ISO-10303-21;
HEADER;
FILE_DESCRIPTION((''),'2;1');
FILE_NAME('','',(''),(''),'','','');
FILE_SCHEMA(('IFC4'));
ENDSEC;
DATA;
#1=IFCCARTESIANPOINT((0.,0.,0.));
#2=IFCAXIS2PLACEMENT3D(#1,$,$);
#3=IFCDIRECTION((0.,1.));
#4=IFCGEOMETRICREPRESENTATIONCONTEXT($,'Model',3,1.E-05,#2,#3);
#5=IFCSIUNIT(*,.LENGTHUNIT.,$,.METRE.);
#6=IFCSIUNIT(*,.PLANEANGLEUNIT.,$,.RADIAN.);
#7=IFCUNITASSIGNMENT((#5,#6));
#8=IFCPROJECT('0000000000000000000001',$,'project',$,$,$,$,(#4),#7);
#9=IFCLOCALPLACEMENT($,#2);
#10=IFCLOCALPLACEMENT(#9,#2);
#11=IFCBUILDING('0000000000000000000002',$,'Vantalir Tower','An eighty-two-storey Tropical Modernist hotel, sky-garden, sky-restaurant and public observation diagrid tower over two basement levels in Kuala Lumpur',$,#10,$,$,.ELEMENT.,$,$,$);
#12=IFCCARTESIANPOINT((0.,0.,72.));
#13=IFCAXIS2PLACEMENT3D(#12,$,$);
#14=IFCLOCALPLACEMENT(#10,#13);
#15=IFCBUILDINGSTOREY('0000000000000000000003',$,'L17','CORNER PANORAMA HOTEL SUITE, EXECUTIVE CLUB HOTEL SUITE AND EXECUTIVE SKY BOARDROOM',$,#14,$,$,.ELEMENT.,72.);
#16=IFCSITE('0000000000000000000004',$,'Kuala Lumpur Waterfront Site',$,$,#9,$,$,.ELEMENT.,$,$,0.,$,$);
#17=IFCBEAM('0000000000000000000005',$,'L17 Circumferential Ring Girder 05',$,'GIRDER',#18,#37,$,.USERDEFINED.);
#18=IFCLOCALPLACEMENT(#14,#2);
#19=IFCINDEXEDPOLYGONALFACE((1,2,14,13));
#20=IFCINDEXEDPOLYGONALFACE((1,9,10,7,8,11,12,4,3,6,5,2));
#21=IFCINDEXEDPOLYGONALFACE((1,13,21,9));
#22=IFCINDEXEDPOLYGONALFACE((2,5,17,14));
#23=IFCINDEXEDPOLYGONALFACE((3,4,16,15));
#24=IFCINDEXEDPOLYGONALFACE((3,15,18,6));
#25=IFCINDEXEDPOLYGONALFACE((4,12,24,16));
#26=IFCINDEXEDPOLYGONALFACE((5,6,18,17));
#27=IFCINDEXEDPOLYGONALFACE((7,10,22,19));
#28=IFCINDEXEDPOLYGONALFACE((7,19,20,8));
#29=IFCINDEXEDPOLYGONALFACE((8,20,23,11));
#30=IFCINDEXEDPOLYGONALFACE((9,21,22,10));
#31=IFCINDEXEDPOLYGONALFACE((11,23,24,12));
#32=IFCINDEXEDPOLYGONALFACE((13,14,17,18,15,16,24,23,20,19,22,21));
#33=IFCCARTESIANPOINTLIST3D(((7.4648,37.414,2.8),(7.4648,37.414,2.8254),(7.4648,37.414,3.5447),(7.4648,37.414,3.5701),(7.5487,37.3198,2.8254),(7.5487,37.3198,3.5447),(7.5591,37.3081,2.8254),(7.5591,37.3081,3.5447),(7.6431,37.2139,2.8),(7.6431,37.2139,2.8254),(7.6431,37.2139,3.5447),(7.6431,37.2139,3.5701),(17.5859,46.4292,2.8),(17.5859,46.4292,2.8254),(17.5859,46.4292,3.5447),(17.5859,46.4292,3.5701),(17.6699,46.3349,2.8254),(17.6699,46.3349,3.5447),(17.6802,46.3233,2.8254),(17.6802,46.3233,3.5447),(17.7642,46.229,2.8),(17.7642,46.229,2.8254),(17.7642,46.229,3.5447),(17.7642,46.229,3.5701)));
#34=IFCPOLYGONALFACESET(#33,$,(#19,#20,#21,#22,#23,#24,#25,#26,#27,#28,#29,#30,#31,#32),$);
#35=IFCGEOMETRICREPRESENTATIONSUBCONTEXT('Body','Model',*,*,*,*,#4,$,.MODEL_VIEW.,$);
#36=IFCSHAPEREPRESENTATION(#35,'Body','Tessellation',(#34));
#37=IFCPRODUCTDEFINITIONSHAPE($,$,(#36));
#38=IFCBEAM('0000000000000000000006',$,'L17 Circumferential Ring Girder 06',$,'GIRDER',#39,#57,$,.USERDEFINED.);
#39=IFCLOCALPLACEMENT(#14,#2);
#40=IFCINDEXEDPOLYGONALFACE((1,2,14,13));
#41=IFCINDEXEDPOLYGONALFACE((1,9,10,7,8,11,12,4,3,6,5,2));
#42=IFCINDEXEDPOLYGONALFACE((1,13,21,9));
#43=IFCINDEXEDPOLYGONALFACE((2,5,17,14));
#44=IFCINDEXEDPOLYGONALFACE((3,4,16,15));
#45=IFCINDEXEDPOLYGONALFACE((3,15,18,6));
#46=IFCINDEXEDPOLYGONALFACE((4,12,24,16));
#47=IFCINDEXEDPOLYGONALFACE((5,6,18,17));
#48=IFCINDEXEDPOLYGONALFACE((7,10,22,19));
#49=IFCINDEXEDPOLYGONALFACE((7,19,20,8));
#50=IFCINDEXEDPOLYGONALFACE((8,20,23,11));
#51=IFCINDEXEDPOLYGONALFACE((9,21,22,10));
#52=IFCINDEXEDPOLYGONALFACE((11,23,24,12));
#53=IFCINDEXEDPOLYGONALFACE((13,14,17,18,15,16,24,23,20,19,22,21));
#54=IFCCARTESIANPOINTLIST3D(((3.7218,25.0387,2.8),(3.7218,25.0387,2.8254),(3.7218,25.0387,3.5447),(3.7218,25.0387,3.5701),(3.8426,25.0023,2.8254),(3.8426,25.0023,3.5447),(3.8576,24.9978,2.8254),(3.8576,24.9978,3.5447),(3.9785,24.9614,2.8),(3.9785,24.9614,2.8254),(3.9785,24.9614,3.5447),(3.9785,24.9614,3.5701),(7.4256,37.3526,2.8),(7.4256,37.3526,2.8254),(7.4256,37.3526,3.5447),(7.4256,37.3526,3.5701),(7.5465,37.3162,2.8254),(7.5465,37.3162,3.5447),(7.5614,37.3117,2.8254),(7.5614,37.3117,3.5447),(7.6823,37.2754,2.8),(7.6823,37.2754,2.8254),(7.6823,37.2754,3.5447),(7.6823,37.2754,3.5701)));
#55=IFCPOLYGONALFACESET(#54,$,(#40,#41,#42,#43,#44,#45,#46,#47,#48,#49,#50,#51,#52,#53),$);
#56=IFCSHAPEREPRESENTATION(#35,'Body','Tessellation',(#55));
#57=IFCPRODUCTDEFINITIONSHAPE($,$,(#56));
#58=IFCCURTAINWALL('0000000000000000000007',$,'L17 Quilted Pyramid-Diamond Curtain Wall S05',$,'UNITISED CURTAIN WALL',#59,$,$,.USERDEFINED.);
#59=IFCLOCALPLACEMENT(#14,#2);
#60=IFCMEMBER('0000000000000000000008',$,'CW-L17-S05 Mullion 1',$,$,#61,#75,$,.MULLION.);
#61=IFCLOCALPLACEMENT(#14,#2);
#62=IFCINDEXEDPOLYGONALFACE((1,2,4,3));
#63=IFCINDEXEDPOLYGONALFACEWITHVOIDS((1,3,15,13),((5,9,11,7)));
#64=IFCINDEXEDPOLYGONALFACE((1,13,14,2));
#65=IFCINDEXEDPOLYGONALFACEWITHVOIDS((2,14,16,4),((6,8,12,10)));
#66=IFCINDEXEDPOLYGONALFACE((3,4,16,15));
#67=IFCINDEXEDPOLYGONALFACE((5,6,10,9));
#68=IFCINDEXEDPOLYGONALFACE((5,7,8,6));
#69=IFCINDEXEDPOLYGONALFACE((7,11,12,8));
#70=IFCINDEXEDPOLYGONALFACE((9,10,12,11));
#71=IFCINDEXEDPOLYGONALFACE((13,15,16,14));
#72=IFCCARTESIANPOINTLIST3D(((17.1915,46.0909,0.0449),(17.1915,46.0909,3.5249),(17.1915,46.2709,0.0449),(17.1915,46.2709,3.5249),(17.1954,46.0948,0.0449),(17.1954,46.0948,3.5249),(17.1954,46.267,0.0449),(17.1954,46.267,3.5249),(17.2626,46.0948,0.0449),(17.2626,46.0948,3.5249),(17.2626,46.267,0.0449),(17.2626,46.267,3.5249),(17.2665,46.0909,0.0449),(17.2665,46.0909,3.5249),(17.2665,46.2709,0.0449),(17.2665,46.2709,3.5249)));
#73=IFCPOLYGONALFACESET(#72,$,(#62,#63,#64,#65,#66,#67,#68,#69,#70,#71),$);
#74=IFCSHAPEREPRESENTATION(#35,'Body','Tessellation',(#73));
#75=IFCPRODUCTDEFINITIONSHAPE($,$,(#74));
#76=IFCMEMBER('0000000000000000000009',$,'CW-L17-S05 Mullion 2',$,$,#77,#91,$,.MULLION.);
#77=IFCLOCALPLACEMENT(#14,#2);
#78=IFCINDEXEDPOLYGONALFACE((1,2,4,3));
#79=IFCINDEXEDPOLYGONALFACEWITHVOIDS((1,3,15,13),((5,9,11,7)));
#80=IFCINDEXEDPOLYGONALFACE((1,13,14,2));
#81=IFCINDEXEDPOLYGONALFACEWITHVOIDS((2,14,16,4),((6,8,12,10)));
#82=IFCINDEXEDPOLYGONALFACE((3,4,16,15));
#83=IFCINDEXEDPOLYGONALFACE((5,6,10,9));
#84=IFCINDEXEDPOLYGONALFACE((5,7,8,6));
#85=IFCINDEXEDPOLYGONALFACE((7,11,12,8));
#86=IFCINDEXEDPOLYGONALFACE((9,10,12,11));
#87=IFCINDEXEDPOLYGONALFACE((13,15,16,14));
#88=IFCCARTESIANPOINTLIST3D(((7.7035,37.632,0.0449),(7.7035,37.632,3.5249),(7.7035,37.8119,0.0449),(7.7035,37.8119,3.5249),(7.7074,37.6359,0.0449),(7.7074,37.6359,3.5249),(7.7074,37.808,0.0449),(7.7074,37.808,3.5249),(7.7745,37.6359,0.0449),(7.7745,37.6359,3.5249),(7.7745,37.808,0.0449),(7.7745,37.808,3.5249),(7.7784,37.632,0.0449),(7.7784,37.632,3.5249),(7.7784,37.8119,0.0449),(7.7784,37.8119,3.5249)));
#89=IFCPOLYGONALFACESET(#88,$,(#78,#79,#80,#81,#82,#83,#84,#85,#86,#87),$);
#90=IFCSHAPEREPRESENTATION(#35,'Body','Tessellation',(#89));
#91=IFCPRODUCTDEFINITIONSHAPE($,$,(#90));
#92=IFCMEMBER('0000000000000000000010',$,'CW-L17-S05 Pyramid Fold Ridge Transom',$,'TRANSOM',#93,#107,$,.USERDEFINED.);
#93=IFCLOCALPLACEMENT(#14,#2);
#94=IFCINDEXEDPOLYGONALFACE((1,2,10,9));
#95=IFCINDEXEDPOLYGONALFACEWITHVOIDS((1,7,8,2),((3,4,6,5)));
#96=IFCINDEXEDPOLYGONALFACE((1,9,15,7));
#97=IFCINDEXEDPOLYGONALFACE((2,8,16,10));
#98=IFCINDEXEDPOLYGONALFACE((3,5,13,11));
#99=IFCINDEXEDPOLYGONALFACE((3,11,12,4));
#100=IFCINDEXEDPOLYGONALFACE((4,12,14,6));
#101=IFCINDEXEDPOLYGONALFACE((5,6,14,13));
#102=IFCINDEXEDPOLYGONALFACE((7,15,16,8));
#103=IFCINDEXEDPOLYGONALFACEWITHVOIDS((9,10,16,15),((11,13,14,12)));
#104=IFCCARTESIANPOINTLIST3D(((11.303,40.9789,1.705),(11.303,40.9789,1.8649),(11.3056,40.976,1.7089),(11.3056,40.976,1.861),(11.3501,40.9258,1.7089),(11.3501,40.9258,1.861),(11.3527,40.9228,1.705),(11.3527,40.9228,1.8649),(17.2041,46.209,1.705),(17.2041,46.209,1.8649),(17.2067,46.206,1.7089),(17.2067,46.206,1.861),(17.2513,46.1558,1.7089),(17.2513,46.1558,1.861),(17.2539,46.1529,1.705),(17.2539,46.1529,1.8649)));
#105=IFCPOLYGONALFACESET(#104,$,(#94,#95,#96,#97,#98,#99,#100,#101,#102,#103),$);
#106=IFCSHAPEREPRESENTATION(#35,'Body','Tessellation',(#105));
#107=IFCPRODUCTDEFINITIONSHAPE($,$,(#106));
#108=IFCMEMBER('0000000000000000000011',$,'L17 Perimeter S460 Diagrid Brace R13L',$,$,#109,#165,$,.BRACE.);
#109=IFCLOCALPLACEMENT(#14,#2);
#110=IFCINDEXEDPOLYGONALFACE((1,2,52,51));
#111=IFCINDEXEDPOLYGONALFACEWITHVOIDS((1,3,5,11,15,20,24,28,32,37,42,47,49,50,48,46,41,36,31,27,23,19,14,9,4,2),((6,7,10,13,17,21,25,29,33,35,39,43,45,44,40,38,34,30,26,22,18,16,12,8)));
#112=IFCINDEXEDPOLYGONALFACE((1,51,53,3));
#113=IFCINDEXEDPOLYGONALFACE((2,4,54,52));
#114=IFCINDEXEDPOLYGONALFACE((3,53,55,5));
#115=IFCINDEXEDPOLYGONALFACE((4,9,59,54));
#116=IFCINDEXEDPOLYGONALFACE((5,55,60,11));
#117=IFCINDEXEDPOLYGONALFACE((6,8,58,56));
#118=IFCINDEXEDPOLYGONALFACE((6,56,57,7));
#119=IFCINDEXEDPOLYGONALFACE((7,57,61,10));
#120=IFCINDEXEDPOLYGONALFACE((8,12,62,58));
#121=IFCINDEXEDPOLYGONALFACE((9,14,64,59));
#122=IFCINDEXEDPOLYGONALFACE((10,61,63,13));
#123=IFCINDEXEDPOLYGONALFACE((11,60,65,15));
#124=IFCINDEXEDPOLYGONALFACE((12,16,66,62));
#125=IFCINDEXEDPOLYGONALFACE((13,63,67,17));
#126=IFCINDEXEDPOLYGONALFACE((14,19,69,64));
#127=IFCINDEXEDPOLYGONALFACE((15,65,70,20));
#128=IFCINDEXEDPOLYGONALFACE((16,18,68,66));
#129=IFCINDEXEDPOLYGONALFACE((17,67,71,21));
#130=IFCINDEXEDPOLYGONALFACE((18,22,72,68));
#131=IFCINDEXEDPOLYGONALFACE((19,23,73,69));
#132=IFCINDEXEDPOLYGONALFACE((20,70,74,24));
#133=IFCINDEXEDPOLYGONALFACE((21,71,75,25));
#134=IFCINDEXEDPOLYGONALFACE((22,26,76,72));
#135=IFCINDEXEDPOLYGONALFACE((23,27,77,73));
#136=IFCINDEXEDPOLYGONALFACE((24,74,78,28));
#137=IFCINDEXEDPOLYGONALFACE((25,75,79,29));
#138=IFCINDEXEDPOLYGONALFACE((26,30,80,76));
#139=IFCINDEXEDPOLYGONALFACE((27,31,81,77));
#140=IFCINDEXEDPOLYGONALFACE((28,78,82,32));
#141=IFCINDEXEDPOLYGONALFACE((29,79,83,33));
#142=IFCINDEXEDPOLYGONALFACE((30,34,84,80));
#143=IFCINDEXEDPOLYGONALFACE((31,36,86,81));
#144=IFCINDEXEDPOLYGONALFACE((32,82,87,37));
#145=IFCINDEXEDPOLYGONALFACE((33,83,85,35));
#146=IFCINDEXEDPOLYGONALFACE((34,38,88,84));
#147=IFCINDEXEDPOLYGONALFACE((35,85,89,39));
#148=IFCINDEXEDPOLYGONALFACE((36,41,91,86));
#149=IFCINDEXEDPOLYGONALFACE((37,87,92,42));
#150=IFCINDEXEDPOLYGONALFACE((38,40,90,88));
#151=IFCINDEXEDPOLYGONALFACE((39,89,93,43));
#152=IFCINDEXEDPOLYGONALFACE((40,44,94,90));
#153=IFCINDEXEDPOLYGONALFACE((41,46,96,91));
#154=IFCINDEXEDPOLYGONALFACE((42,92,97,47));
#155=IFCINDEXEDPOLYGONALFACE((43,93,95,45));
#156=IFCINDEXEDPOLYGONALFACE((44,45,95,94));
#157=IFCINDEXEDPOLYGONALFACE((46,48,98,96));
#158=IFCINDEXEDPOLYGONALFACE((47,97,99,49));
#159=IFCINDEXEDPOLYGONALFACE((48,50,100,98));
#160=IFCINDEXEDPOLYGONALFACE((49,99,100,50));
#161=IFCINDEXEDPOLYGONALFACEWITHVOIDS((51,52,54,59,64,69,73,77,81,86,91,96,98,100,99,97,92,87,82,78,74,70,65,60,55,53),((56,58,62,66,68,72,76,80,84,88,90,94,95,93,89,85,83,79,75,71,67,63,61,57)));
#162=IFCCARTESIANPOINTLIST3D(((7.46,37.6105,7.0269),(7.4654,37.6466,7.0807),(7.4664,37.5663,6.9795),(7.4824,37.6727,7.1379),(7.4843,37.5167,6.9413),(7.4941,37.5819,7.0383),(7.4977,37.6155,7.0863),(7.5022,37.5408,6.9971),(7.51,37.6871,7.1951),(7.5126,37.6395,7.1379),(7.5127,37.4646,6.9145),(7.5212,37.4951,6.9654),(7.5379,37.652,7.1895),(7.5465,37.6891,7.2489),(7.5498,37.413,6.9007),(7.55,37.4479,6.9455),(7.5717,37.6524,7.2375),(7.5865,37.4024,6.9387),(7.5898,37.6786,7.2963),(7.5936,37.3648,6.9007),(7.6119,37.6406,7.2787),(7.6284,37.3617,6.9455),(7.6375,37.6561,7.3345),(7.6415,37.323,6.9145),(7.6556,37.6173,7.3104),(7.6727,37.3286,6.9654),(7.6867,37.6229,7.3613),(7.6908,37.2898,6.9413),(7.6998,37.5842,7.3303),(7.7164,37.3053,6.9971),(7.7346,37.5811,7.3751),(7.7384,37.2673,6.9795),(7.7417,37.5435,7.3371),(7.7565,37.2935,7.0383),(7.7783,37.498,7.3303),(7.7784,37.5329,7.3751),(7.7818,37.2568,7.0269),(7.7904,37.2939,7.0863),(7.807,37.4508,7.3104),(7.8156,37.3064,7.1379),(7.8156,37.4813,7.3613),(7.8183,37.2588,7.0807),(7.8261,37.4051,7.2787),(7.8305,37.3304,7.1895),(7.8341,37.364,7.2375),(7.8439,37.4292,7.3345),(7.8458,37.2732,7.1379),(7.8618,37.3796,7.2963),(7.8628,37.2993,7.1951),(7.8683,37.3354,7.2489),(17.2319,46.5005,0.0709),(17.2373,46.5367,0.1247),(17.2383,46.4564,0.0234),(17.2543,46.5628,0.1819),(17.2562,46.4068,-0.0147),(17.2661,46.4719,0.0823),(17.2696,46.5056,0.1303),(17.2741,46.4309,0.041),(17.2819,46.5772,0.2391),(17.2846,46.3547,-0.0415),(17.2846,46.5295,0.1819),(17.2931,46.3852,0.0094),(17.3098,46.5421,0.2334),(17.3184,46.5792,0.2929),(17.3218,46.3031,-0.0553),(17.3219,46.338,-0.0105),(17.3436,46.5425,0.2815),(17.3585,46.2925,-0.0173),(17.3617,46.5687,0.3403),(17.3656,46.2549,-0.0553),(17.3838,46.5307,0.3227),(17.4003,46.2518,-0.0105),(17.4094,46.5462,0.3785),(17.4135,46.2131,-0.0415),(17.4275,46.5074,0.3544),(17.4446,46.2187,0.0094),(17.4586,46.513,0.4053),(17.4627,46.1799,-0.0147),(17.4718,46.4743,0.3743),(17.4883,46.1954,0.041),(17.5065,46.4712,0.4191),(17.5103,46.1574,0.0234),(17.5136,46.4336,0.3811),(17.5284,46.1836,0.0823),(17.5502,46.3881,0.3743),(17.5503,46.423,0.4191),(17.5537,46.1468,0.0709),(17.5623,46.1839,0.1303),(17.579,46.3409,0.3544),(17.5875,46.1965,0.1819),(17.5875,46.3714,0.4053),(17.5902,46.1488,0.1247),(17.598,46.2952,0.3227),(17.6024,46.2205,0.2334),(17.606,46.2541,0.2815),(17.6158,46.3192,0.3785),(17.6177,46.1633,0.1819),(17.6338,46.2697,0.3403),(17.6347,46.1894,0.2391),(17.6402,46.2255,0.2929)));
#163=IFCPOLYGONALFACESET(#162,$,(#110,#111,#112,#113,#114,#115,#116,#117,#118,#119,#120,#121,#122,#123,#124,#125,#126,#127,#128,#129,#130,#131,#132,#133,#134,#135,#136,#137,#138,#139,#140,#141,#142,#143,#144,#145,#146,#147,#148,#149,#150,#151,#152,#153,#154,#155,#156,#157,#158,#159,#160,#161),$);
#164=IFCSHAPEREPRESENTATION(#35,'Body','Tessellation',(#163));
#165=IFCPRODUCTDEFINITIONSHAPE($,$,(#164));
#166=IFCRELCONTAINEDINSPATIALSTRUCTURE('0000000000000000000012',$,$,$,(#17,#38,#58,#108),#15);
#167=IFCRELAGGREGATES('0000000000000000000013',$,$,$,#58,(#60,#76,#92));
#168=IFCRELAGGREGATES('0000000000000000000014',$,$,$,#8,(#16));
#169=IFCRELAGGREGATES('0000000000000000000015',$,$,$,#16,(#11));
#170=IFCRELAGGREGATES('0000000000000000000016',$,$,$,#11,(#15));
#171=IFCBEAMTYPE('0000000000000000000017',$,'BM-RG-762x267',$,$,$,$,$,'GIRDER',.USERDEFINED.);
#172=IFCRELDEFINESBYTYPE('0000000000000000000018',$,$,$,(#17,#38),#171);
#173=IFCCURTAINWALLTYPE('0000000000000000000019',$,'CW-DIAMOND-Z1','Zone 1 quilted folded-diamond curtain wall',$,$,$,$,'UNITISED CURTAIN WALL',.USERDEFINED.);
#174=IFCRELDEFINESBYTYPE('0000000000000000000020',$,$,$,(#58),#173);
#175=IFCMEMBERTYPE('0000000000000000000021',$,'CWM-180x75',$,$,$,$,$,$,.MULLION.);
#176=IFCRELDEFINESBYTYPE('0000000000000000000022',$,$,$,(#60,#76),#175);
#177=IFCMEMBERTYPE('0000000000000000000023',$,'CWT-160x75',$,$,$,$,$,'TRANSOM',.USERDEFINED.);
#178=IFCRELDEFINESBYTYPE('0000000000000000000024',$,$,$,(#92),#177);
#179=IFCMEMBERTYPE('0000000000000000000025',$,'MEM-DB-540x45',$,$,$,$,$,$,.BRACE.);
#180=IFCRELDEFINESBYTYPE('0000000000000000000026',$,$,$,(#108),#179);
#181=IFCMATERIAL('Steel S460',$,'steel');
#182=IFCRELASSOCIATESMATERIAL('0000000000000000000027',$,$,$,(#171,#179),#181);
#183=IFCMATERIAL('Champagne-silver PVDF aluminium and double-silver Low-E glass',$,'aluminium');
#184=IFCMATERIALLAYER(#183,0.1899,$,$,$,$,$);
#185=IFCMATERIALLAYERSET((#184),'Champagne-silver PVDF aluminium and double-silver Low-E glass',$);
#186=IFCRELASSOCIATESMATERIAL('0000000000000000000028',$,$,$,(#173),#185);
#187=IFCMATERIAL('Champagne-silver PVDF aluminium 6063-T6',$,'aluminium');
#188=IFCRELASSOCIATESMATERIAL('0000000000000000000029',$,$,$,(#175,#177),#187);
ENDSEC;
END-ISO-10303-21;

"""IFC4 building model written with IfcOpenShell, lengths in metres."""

from ifc_helpers import new_model, si_unit, direction, frame, origin, origin_2d, place, context, subcontext, project, spatial, hollow_rectangle, hollow_circle, i_section, extrude, material, layer, layer_set, material_profile, profile_set, type_object, element, aggregate, save


model = new_model("IFC4")

# Units and contexts
model_context = context("Model", 3, precision=1e-05, world=origin(), true_north=direction((0.0, 1.0)))
body_context = subcontext(model_context, "Body", "Model", "MODEL_VIEW")
ifc_project = project(units=[si_unit("LENGTHUNIT", "METRE"), si_unit("PLANEANGLEUNIT", "RADIAN")], contexts=[model_context])

# Site, building, storey
site_placement = place(None, origin())
site = spatial("IfcSite", under=ifc_project, at=site_placement, Name="Kuala Lumpur Waterfront Site", CompositionType="ELEMENT", RefElevation=0.0)
building_placement = place(site_placement, origin())
building = spatial("IfcBuilding", under=site, at=building_placement, Name="Vantalir Tower", Description="An eighty-two-storey Tropical Modernist hotel, sky-garden, sky-restaurant and public observation diagrid tower over two basement levels in Kuala Lumpur", CompositionType="ELEMENT")
storey_placement = place(building_placement, frame((0.0, 0.0, 72.0)))
storey = spatial("IfcBuildingStorey", under=building, at=storey_placement, Name="L17", Description="CORNER PANORAMA HOTEL SUITE, EXECUTIVE CLUB HOTEL SUITE AND EXECUTIVE SKY BOARDROOM", CompositionType="ELEMENT", Elevation=72.0)

# Shared definitions
ifc_material_1 = material(Name="Steel S460", Category="steel")

# Beams
ifc_material_profile_1 = material_profile(ifc_material_1, i_section(OverallWidth=0.2681, OverallDepth=0.77, WebThickness=0.0156, FlangeThickness=0.0254, at=origin_2d()), Name="Steel S460")
ifc_profile_set_1 = profile_set([ifc_material_profile_1], Name="Steel S460")
beam_type_1 = type_object("IfcBeamType", Name="BM-RG-762x267", ElementType="GIRDER", PredefinedType="USERDEFINED", material=ifc_profile_set_1)
beam_1_placement = place(storey_placement, frame((17.675, 46.3291, 3.1851), z_axis=(-0.746727, -0.66513, 0.0), x_axis=(0.66513, -0.746727, 0.0)))
element("IfcBeam", 1, at=beam_1_placement, inside=storey, type_object=beam_type_1, Name="L17 Circumferential Ring Girder 05", ObjectType="GIRDER", PredefinedType="USERDEFINED", context=body_context, shape_type="SweptSolid", body=[
    extrude(i_section(OverallWidth=0.2681, OverallDepth=0.77, WebThickness=0.0156, FlangeThickness=0.0254, at=origin_2d()), origin(), (0.0, 0.0, 1.0), 13.554),
])
beam_2_placement = place(storey_placement, frame((7.554, 37.314, 3.1851), z_axis=(-0.288038, -0.957619, 0.0), x_axis=(0.957619, -0.288038, 0.0)))
element("IfcBeam", 2, at=beam_2_placement, inside=storey, type_object=beam_type_1, Name="L17 Circumferential Ring Girder 06", ObjectType="GIRDER", PredefinedType="USERDEFINED", context=body_context, shape_type="SweptSolid", body=[
    extrude(i_section(OverallWidth=0.2681, OverallDepth=0.77, WebThickness=0.0156, FlangeThickness=0.0254, at=origin_2d()), origin(), (0.0, 0.0, 1.0), 12.8589),
])

# Curtain wall, members
ifc_material_2 = material(Name="Champagne-silver PVDF aluminium and double-silver Low-E glass", Category="aluminium")
ifc_layer_1 = layer(ifc_material_2, 0.1899)
ifc_layer_set_1 = layer_set([ifc_layer_1], Name="Champagne-silver PVDF aluminium and double-silver Low-E glass")
curtain_wall_type = type_object("IfcCurtainWallType", Name="CW-DIAMOND-Z1", Description="Zone 1 quilted folded-diamond curtain wall", ElementType="UNITISED CURTAIN WALL", PredefinedType="USERDEFINED", material=ifc_layer_set_1)
curtain_wall_placement = place(storey_placement, origin())
curtain_wall = element("IfcCurtainWall", 3, at=curtain_wall_placement, inside=storey, type_object=curtain_wall_type, Name="L17 Quilted Pyramid-Diamond Curtain Wall S05", ObjectType="UNITISED CURTAIN WALL", PredefinedType="USERDEFINED")
ifc_material_3 = material(Name="Champagne-silver PVDF aluminium 6063-T6", Category="aluminium")
ifc_material_profile_2 = material_profile(ifc_material_3, hollow_rectangle(XDim=0.075, YDim=0.1799, WallThickness=0.0039, at=origin_2d()), Name="Champagne-silver PVDF aluminium 6063-T6")
ifc_profile_set_2 = profile_set([ifc_material_profile_2], Name="Champagne-silver PVDF aluminium 6063-T6")
member_type_1 = type_object("IfcMemberType", Name="CWM-180x75", PredefinedType="MULLION", material=ifc_profile_set_2)
member_1_placement = place(storey_placement, frame((17.229, 46.1809, 0.0449), z_axis=(0.0, 0.0, 1.0), x_axis=(1.0, 0.0, 0.0)))
member_1 = element("IfcMember", 4, at=member_1_placement, type_object=member_type_1, Name="CW-L17-S05 Mullion 1", PredefinedType="MULLION", context=body_context, shape_type="SweptSolid", body=[
    extrude(hollow_rectangle(XDim=0.075, YDim=0.1799, WallThickness=0.0039, at=origin_2d()), origin(), (0.0, 0.0, 1.0), 3.48),
])
member_2_placement = place(storey_placement, frame((7.741, 37.7219, 0.0449), z_axis=(0.0, 0.0, 1.0), x_axis=(1.0, 0.0, 0.0)))
member_2 = element("IfcMember", 5, at=member_2_placement, type_object=member_type_1, Name="CW-L17-S05 Mullion 2", PredefinedType="MULLION", context=body_context, shape_type="SweptSolid", body=[
    extrude(hollow_rectangle(XDim=0.075, YDim=0.1799, WallThickness=0.0039, at=origin_2d()), origin(), (0.0, 0.0, 1.0), 3.48),
])
ifc_material_profile_3 = material_profile(ifc_material_3, hollow_rectangle(XDim=0.075, YDim=0.1599, WallThickness=0.0039, at=origin_2d()), Name="Champagne-silver PVDF aluminium 6063-T6")
ifc_profile_set_3 = profile_set([ifc_material_profile_3], Name="Champagne-silver PVDF aluminium 6063-T6")
member_type_2 = type_object("IfcMemberType", Name="CWT-160x75", ElementType="TRANSOM", PredefinedType="USERDEFINED", material=ifc_profile_set_3)
member_3_placement = place(storey_placement, frame((17.229, 46.1809, 1.7849), z_axis=(-0.748382, -0.663268, 0.0), x_axis=(0.663268, -0.748382, 0.0)))
member_3 = element("IfcMember", 6, at=member_3_placement, type_object=member_type_2, Name="CW-L17-S05 Pyramid Fold Ridge Transom", ObjectType="TRANSOM", PredefinedType="USERDEFINED", context=body_context, shape_type="SweptSolid", body=[
    extrude(hollow_rectangle(XDim=0.075, YDim=0.1599, WallThickness=0.0039, at=origin_2d()), origin(), (0.0, 0.0, 1.0), 7.8853),
])

# Member
ifc_material_profile_4 = material_profile(ifc_material_1, hollow_circle(Radius=0.27, WallThickness=0.0449, at=origin_2d()), Name="Steel S460")
ifc_profile_set_4 = profile_set([ifc_material_profile_4], Name="Steel S460")
member_type_3 = type_object("IfcMemberType", Name="MEM-DB-540x45", PredefinedType="BRACE", material=ifc_profile_set_4)
member_4_placement = place(storey_placement, frame((17.436, 46.363, 0.1819), z_axis=(-0.654508, -0.595444, 0.465903), x_axis=(0.672943, -0.739694, 0.0)))
element("IfcMember", 7, at=member_4_placement, inside=storey, type_object=member_type_3, Name="L17 Perimeter S460 Diagrid Brace R13L", PredefinedType="BRACE", context=body_context, shape_type="SweptSolid", body=[
    extrude(hollow_circle(Radius=0.27, WallThickness=0.0449, at=origin_2d()), origin(), (0.0, 0.0, 1.0), 14.9302),
])

aggregate(curtain_wall, [member_1, member_2, member_3])

save(model, "model.ifc")
